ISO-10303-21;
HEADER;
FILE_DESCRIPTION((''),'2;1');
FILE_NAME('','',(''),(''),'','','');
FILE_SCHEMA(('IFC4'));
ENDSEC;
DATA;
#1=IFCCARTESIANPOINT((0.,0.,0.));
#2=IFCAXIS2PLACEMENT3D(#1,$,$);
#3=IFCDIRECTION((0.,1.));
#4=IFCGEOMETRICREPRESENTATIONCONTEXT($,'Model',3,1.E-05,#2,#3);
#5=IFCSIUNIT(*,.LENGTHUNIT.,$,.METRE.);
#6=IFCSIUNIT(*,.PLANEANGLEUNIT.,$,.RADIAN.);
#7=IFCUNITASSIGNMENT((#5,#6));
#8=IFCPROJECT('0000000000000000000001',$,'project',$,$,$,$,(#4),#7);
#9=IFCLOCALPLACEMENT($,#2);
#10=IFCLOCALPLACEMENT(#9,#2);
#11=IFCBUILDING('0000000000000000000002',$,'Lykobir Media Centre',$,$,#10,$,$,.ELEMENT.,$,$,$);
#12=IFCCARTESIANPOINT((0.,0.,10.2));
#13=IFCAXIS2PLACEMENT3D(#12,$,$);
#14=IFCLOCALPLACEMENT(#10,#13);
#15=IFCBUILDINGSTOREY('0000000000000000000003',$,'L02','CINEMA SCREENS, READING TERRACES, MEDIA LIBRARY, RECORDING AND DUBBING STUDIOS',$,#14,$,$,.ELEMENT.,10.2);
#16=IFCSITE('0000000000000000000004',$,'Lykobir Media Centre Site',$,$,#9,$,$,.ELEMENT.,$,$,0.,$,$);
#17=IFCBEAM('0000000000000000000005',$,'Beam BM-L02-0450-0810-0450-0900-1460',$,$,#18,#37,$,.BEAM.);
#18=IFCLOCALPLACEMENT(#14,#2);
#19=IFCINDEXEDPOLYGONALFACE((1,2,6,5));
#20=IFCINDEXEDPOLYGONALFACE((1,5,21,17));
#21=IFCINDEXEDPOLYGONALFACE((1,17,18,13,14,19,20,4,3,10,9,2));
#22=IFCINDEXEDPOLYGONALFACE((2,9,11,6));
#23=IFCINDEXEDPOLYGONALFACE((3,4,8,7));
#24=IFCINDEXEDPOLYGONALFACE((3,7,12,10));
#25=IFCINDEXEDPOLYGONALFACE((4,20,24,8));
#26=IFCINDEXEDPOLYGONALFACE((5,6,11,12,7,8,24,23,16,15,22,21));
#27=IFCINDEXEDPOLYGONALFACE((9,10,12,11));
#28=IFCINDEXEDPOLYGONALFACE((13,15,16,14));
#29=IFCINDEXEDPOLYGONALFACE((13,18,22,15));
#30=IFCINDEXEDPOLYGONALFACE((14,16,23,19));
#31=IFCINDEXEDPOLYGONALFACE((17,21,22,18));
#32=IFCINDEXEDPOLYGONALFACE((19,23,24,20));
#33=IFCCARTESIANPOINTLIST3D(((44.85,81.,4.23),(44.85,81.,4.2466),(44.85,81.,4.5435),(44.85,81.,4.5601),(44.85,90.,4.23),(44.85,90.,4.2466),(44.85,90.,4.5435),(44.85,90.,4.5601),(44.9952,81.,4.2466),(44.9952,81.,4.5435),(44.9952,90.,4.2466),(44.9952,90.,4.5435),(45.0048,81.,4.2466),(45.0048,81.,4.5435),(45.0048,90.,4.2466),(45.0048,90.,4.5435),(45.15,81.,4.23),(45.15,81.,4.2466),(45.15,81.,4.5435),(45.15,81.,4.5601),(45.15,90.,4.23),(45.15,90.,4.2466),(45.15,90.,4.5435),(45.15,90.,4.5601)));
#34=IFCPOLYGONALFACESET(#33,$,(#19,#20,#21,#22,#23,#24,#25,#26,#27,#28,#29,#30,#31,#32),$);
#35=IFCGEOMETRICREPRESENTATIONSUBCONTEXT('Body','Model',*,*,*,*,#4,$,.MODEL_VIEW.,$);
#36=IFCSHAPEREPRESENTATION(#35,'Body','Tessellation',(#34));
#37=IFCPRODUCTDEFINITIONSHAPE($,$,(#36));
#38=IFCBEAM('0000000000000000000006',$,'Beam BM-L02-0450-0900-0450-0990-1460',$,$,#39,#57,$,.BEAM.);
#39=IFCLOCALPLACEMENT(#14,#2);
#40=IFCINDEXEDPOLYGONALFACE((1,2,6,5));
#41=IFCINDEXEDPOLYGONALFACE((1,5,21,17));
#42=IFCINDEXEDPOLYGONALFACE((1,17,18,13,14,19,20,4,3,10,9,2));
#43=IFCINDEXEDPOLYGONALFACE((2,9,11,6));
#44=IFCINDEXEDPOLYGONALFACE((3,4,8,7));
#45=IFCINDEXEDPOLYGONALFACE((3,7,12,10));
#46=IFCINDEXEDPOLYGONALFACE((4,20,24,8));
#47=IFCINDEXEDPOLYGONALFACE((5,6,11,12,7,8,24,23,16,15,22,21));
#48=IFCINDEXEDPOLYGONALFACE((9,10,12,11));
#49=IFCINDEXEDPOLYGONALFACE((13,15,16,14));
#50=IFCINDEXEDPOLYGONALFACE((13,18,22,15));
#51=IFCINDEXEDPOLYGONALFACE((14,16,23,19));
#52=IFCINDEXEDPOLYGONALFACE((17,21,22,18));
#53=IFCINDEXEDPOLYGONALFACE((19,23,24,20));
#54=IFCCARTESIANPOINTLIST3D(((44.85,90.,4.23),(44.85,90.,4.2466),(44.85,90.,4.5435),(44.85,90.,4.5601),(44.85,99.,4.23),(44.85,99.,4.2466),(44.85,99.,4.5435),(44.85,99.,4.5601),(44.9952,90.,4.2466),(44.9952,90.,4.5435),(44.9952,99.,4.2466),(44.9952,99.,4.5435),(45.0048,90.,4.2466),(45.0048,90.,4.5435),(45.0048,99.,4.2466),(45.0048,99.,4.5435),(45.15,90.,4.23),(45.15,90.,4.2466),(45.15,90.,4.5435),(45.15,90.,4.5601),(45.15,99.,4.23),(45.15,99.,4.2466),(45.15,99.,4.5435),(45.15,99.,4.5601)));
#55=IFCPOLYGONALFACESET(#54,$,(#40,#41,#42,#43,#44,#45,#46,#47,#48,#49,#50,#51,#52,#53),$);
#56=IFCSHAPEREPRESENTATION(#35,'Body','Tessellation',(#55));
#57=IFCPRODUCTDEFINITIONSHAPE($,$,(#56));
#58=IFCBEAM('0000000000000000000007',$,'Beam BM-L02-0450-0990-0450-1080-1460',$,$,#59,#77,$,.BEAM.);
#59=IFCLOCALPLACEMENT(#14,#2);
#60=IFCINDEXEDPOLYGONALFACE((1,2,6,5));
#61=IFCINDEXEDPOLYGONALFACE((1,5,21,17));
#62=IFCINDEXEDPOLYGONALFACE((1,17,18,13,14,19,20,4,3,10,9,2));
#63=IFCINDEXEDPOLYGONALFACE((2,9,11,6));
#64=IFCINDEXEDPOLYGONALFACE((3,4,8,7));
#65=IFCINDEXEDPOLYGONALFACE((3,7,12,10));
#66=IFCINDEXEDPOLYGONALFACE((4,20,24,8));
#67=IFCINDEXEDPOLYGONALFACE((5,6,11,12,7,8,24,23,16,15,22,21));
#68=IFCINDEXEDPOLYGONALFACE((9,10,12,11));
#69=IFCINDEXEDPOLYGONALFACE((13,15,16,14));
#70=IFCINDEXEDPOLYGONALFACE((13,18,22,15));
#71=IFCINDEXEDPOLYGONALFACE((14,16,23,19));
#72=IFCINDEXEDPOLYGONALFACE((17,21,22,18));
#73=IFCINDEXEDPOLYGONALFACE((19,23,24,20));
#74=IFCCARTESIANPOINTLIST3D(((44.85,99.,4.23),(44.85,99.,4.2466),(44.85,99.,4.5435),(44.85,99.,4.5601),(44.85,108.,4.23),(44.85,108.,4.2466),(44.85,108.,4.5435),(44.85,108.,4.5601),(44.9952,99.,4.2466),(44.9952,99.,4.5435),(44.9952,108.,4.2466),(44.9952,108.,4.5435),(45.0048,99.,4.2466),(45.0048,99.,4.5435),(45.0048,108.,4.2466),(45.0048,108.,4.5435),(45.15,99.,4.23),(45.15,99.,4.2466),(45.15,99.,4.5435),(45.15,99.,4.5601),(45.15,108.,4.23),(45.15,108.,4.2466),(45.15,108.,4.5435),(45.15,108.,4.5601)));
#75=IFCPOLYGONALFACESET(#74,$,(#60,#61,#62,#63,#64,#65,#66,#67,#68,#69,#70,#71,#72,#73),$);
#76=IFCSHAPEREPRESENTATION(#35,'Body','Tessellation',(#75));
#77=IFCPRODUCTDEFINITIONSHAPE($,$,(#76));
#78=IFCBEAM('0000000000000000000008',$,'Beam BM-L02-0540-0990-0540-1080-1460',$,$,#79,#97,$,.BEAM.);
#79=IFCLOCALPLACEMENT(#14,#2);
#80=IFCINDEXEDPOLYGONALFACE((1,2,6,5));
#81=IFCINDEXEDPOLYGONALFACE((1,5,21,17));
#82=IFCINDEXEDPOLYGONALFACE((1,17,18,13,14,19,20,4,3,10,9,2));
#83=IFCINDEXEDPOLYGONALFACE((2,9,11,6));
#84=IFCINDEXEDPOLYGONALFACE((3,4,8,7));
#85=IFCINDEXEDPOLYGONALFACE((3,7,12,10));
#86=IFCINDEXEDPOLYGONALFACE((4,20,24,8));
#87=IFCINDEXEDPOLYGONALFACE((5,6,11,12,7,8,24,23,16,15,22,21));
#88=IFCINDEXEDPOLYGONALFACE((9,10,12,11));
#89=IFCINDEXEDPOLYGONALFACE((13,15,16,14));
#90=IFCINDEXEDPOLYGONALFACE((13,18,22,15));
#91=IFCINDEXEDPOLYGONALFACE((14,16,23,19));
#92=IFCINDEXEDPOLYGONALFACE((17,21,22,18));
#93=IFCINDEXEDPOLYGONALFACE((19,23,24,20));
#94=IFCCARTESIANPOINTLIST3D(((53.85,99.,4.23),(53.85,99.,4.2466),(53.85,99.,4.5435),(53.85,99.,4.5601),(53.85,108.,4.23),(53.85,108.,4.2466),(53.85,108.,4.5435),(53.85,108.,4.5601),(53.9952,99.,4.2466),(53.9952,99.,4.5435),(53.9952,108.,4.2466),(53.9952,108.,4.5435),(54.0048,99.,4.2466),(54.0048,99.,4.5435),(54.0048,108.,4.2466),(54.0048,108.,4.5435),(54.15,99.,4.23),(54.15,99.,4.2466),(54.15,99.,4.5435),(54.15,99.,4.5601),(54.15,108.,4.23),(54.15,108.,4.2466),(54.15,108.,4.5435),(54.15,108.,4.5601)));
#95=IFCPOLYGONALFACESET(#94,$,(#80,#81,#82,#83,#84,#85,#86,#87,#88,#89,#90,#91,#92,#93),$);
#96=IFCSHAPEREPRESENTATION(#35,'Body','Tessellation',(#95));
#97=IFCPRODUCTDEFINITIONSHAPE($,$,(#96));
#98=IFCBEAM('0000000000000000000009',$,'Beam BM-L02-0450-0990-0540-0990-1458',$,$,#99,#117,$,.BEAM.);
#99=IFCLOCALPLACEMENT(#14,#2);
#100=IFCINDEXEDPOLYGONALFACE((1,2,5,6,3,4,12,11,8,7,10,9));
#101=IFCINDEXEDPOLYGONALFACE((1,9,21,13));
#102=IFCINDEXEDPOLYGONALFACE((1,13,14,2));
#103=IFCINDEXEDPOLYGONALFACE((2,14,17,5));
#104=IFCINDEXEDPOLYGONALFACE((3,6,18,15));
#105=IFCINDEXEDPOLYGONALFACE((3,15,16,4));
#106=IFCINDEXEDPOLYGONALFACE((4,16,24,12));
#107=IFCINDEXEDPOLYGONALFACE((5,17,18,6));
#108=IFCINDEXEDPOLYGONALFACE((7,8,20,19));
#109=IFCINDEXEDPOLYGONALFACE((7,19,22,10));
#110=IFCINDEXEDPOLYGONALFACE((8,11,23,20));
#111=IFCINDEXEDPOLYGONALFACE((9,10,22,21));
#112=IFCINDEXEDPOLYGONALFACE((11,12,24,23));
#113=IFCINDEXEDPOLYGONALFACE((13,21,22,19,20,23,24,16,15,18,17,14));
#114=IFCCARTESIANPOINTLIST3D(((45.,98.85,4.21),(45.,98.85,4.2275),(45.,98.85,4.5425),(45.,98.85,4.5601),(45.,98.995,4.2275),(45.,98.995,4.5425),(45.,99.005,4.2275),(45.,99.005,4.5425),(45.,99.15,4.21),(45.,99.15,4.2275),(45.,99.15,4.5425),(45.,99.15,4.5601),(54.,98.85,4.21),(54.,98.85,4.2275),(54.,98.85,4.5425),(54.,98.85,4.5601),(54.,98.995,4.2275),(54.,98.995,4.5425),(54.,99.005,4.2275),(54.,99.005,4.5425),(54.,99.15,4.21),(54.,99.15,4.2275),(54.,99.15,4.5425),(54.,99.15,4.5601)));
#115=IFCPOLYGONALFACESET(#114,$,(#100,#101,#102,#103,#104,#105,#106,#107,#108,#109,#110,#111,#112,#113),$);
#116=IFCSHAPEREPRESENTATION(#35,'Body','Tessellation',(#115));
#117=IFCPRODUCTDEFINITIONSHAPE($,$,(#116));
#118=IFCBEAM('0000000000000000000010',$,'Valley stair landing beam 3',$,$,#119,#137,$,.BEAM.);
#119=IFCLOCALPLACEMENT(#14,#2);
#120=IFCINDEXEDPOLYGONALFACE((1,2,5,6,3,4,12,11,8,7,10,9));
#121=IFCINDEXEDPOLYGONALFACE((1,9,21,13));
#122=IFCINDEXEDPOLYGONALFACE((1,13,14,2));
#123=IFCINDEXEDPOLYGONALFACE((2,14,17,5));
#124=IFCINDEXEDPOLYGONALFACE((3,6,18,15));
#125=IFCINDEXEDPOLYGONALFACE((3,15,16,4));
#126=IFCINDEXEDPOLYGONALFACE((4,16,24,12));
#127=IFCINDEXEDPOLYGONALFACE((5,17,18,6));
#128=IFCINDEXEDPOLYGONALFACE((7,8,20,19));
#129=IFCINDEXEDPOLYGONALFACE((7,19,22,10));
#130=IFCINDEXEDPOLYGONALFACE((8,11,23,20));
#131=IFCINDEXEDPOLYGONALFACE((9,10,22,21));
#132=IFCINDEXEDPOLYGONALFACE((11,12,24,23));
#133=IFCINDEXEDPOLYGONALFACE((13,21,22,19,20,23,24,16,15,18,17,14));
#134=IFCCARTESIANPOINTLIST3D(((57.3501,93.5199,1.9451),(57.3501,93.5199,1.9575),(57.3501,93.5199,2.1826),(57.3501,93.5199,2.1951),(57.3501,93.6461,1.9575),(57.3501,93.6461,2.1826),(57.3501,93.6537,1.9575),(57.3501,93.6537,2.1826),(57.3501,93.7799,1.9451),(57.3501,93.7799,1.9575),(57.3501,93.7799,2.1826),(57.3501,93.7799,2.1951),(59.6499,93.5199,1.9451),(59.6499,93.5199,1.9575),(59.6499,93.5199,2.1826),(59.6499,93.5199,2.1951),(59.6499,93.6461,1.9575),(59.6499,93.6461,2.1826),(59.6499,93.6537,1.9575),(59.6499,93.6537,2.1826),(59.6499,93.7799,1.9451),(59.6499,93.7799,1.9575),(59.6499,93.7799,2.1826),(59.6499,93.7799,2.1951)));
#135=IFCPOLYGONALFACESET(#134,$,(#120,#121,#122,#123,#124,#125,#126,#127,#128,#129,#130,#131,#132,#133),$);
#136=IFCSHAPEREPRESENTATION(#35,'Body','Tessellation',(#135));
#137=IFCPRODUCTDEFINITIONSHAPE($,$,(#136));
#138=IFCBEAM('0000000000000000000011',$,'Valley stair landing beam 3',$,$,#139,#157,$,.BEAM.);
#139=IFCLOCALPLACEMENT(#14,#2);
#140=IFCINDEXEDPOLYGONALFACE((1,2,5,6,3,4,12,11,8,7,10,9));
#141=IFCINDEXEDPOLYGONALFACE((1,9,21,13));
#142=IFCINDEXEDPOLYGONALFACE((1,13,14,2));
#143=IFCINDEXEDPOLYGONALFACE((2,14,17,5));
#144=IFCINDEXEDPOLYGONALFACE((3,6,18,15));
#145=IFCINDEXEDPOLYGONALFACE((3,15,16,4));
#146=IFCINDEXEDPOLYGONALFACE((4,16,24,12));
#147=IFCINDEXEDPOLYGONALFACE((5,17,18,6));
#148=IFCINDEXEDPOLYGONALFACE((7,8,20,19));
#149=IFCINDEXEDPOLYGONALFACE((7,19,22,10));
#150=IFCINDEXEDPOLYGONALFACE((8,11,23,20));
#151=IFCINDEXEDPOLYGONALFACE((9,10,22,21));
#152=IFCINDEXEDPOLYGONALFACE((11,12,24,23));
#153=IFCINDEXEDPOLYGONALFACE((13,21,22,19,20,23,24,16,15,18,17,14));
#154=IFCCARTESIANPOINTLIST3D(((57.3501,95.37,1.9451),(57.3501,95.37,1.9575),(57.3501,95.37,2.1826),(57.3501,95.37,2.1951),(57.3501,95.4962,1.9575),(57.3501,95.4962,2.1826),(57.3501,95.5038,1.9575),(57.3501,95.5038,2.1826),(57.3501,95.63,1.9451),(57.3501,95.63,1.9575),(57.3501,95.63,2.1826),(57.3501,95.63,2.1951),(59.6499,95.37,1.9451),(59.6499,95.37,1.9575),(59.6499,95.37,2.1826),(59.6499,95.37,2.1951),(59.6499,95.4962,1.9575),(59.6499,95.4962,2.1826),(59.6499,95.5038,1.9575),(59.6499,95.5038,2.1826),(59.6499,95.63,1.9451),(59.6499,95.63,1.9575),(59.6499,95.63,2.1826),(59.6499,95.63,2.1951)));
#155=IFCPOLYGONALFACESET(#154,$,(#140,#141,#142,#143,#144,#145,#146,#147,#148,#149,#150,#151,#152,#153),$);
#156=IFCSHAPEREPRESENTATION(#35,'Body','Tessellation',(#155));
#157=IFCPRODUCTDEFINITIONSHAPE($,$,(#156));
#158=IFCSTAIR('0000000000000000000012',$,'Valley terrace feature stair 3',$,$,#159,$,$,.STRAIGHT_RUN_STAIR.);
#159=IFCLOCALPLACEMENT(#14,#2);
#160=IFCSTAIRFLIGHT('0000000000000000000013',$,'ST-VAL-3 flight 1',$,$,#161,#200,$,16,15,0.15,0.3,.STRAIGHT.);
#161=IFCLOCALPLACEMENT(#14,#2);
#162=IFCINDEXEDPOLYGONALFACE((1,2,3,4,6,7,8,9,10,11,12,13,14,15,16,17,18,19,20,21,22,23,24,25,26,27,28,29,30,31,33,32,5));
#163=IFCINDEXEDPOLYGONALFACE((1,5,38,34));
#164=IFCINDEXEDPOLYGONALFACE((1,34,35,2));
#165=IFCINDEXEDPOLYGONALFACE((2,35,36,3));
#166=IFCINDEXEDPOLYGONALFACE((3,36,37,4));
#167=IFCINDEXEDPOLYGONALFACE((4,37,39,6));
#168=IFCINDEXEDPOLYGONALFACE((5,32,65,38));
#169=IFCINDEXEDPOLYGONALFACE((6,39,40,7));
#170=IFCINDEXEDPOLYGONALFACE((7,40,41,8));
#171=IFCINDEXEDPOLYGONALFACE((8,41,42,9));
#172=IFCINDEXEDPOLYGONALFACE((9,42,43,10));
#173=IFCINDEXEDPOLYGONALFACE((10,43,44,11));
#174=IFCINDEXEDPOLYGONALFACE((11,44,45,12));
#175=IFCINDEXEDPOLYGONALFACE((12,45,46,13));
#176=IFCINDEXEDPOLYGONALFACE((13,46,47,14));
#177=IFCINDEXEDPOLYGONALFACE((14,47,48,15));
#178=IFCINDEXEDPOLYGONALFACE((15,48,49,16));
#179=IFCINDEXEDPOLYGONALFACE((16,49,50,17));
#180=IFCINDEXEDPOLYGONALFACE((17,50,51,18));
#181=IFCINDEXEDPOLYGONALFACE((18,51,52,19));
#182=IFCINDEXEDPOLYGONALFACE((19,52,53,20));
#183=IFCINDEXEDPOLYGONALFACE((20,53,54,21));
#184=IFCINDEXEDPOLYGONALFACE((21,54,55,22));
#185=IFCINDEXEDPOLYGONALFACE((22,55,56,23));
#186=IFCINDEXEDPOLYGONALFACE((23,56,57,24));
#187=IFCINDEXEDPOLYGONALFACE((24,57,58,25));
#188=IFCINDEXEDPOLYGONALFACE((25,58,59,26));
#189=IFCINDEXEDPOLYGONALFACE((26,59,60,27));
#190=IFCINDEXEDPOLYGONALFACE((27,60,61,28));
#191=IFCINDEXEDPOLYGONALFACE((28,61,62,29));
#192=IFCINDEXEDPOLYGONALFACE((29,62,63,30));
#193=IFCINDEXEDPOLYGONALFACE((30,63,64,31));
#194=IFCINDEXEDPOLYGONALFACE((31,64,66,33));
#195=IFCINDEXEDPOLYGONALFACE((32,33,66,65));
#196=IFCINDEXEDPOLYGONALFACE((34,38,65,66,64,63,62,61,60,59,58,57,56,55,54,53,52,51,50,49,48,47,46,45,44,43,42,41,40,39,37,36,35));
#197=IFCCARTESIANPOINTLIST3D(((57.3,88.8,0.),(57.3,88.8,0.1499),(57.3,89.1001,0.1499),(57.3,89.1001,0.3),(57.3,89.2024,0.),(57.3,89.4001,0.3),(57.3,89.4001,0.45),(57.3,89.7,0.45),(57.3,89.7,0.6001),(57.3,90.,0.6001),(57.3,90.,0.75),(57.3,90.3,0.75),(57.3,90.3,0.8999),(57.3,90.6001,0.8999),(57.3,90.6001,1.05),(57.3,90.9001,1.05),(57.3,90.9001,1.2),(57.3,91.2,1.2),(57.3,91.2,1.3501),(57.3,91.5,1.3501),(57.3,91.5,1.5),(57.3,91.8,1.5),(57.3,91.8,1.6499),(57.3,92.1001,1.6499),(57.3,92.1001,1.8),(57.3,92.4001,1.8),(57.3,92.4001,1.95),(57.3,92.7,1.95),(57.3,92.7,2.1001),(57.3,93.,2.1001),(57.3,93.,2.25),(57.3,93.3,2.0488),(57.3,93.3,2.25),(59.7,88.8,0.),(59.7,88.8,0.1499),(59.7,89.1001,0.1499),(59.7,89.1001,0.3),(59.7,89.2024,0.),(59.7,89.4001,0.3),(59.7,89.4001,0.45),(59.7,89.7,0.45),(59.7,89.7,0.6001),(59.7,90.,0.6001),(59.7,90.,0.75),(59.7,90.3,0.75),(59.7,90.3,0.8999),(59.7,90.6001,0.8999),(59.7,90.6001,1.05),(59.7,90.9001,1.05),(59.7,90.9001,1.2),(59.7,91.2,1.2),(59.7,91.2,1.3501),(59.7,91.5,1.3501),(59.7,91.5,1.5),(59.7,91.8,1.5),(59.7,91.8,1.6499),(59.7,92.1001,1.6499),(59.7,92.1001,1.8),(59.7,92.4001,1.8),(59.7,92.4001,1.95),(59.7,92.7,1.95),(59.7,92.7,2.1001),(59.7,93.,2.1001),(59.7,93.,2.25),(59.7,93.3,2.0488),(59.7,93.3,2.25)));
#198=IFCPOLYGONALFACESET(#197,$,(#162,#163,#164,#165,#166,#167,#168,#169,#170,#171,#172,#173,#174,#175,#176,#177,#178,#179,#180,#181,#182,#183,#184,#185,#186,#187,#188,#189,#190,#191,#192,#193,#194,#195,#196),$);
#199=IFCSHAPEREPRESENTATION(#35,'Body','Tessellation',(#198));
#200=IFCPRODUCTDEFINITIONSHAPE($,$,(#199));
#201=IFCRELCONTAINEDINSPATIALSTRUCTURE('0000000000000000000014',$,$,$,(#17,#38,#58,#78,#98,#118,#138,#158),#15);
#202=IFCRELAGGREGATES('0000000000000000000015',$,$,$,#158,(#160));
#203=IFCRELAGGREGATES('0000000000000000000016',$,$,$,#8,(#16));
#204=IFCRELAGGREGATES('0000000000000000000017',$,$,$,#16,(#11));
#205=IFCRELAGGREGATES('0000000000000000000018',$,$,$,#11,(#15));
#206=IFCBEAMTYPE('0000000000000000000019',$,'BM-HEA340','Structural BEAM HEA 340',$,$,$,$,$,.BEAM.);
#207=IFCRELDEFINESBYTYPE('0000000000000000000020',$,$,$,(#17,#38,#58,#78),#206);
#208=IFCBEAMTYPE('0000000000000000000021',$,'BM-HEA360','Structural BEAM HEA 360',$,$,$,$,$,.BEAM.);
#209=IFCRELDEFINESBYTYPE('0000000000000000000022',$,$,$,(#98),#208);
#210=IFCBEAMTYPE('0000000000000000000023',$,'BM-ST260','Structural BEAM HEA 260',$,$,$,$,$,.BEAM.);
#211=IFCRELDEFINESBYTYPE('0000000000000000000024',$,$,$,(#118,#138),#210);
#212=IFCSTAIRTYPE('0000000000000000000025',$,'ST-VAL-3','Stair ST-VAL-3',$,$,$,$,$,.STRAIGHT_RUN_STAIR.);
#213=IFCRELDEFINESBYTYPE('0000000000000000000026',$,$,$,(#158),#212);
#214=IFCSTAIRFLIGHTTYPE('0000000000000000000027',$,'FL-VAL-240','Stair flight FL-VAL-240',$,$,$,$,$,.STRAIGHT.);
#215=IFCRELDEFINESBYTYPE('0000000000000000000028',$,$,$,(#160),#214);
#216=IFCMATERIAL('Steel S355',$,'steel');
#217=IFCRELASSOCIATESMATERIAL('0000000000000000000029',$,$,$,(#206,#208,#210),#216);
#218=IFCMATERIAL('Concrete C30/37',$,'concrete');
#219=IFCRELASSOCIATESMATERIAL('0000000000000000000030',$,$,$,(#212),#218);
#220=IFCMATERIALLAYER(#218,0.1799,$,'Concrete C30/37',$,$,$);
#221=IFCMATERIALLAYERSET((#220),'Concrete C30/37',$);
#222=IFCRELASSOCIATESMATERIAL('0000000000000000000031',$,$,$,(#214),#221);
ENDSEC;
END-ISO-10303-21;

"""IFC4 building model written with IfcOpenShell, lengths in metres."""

from ifc_helpers import new_model, si_unit, direction, frame, origin, origin_2d, place, context, subcontext, project, spatial, polyline, i_section, outline, extrude, material, layer, layer_set, material_profile, profile_set, type_object, element, aggregate, save


model = new_model("IFC4")

# Units and contexts
model_context = context("Model", 3, precision=1e-05, world=origin(), true_north=direction((0.0, 1.0)))
body_context = subcontext(model_context, "Body", "Model", "MODEL_VIEW")
ifc_project = project(units=[si_unit("LENGTHUNIT", "METRE"), si_unit("PLANEANGLEUNIT", "RADIAN")], contexts=[model_context])

# Site, building, storey
site_placement = place(None, origin())
site = spatial("IfcSite", under=ifc_project, at=site_placement, Name="Lykobir Media Centre Site", CompositionType="ELEMENT", RefElevation=0.0)
building_placement = place(site_placement, origin())
building = spatial("IfcBuilding", under=site, at=building_placement, Name="Lykobir Media Centre", CompositionType="ELEMENT")
storey_placement = place(building_placement, frame((0.0, 0.0, 10.2)))
storey = spatial("IfcBuildingStorey", under=building, at=storey_placement, Name="L02", Description="CINEMA SCREENS, READING TERRACES, MEDIA LIBRARY, RECORDING AND DUBBING STUDIOS", CompositionType="ELEMENT", Elevation=10.2)

# Shared definitions
ifc_material_1 = material(Name="Steel S355", Category="steel")

# Beams
ifc_material_profile_1 = material_profile(ifc_material_1, i_section(OverallWidth=0.3, OverallDepth=0.3301, WebThickness=0.0095, FlangeThickness=0.0166, at=origin_2d()), Name="HEA 340")
ifc_profile_set_1 = profile_set([ifc_material_profile_1], Name="Steel S355")
beam_type_1 = type_object("IfcBeamType", Name="BM-HEA340", Description="Structural BEAM HEA 340", PredefinedType="BEAM", material=ifc_profile_set_1)
for number, where, z_axis, x_axis, name in (
    (1, (45.0, 81.0, 4.395), (0.0, 1.0, 0.0), (-1.0, 0.0, 0.0), "Beam BM-L02-0450-0810-0450-0900-1460"),
    (2, (45.0, 90.0, 4.395), (0.0, 1.0, 0.0), (-1.0, 0.0, 0.0), "Beam BM-L02-0450-0900-0450-0990-1460"),
    (3, (45.0, 99.0, 4.395), (0.0, 1.0, 0.0), (-1.0, 0.0, 0.0), "Beam BM-L02-0450-0990-0450-1080-1460"),
    (4, (54.0, 99.0, 4.395), (0.0, 1.0, 0.0), (-1.0, 0.0, 0.0), "Beam BM-L02-0540-0990-0540-1080-1460"),
):
    element("IfcBeam", number, at=place(storey_placement, frame(where, z_axis=z_axis, x_axis=x_axis)), inside=storey, type_object=beam_type_1, Name=name, PredefinedType="BEAM", context=body_context, shape_type="SweptSolid", body=[
        extrude(i_section(OverallWidth=0.3, OverallDepth=0.3301, WebThickness=0.0095, FlangeThickness=0.0166, at=origin_2d()), origin(), (0.0, 0.0, 1.0), 9.0),
    ])
ifc_material_profile_2 = material_profile(ifc_material_1, i_section(OverallWidth=0.3, OverallDepth=0.3501, WebThickness=0.01, FlangeThickness=0.0176, at=origin_2d()), Name="HEA 360")
ifc_profile_set_2 = profile_set([ifc_material_profile_2], Name="Steel S355")
beam_type_2 = type_object("IfcBeamType", Name="BM-HEA360", Description="Structural BEAM HEA 360", PredefinedType="BEAM", material=ifc_profile_set_2)
beam_placement = place(storey_placement, frame((45.0, 99.0, 4.385), z_axis=(1.0, 0.0, 0.0), x_axis=(0.0, 1.0, 0.0)))
element("IfcBeam", 5, at=beam_placement, inside=storey, type_object=beam_type_2, Name="Beam BM-L02-0450-0990-0540-0990-1458", PredefinedType="BEAM", context=body_context, shape_type="SweptSolid", body=[
    extrude(i_section(OverallWidth=0.3, OverallDepth=0.3501, WebThickness=0.01, FlangeThickness=0.0176, at=origin_2d()), origin(), (0.0, 0.0, 1.0), 9.0),
])
ifc_material_profile_3 = material_profile(ifc_material_1, i_section(OverallWidth=0.26, OverallDepth=0.25, WebThickness=0.0076, FlangeThickness=0.0125, at=origin_2d()), Name="HEA 260")
ifc_profile_set_3 = profile_set([ifc_material_profile_3], Name="Steel S355")
beam_type_3 = type_object("IfcBeamType", Name="BM-ST260", Description="Structural BEAM HEA 260", PredefinedType="BEAM", material=ifc_profile_set_3)
for number, where, z_axis, x_axis, name in (
    (6, (57.3501, 93.6499, 2.0701), (1.0, 0.0, 0.0), (0.0, 1.0, 0.0), "Valley stair landing beam 3"),
    (7, (57.3501, 95.5, 2.0701), (1.0, 0.0, 0.0), (0.0, 1.0, 0.0), "Valley stair landing beam 3"),
):
    element("IfcBeam", number, at=place(storey_placement, frame(where, z_axis=z_axis, x_axis=x_axis)), inside=storey, type_object=beam_type_3, Name=name, PredefinedType="BEAM", context=body_context, shape_type="SweptSolid", body=[
        extrude(i_section(OverallWidth=0.26, OverallDepth=0.25, WebThickness=0.0076, FlangeThickness=0.0125, at=origin_2d()), origin(), (0.0, 0.0, 1.0), 2.2998),
    ])

# Stair, stair flight
ifc_material_2 = material(Name="Concrete C30/37", Category="concrete")
stair_type = type_object("IfcStairType", Name="ST-VAL-3", Description="Stair ST-VAL-3", PredefinedType="STRAIGHT_RUN_STAIR", material=ifc_material_2)
stair_placement = place(storey_placement, origin())
stair = element("IfcStair", 8, at=stair_placement, inside=storey, type_object=stair_type, Name="Valley terrace feature stair 3", PredefinedType="STRAIGHT_RUN_STAIR")
ifc_layer = layer(ifc_material_2, 0.1799, Name="Concrete C30/37")
ifc_layer_set = layer_set([ifc_layer], Name="Concrete C30/37")
stair_flight_type = type_object("IfcStairFlightType", Name="FL-VAL-240", Description="Stair flight FL-VAL-240", PredefinedType="STRAIGHT", material=ifc_layer_set)
stair_flight_1_placement = place(storey_placement, frame((58.5, 88.8, 0.0), z_axis=(0.0, 0.0, 1.0), x_axis=(0.0, 1.0, 0.0)))
stair_flight_1 = element("IfcStairFlight", 9, at=stair_flight_1_placement, type_object=stair_flight_type, Name="ST-VAL-3 flight 1", NumberOfRisers=16, NumberOfTreads=15, PredefinedType="STRAIGHT", RiserHeight=0.15, TreadLength=0.3, context=body_context, shape_type="SweptSolid", body=[
    extrude(outline(polyline([(0.0, 0.0), (0.0, 0.1499), (0.3, 0.1499), (0.3, 0.3), (0.6001, 0.3), (0.6001, 0.45), (0.8999, 0.45), (0.8999, 0.6001), (1.2, 0.6001), (1.2, 0.75), (1.5, 0.75), (1.5, 0.8999), (1.8, 0.8999), (1.8, 1.05), (2.1001, 1.05), (2.1001, 1.2), (2.3999, 1.2), (2.3999, 1.3501), (2.7, 1.3501), (2.7, 1.5), (3.0, 1.5), (3.0, 1.6499), (3.3, 1.6499), (3.3, 1.8), (3.6001, 1.8), (3.6001, 1.95), (3.8999, 1.95), (3.8999, 2.1001), (4.2, 2.1001), (4.2, 2.25), (4.5, 2.25), (4.5, 2.3999), (4.5, 2.0488), (0.4023, 0.0), (0.0, 0.0)])), frame((0.0, 1.2, 0.0), z_axis=(0.0, -1.0, 0.0), x_axis=(1.0, 0.0, 0.0)), (0.0, 0.0, 1.0), 2.3999),
])
aggregate(stair, [stair_flight_1])

save(model, "model.ifc")
